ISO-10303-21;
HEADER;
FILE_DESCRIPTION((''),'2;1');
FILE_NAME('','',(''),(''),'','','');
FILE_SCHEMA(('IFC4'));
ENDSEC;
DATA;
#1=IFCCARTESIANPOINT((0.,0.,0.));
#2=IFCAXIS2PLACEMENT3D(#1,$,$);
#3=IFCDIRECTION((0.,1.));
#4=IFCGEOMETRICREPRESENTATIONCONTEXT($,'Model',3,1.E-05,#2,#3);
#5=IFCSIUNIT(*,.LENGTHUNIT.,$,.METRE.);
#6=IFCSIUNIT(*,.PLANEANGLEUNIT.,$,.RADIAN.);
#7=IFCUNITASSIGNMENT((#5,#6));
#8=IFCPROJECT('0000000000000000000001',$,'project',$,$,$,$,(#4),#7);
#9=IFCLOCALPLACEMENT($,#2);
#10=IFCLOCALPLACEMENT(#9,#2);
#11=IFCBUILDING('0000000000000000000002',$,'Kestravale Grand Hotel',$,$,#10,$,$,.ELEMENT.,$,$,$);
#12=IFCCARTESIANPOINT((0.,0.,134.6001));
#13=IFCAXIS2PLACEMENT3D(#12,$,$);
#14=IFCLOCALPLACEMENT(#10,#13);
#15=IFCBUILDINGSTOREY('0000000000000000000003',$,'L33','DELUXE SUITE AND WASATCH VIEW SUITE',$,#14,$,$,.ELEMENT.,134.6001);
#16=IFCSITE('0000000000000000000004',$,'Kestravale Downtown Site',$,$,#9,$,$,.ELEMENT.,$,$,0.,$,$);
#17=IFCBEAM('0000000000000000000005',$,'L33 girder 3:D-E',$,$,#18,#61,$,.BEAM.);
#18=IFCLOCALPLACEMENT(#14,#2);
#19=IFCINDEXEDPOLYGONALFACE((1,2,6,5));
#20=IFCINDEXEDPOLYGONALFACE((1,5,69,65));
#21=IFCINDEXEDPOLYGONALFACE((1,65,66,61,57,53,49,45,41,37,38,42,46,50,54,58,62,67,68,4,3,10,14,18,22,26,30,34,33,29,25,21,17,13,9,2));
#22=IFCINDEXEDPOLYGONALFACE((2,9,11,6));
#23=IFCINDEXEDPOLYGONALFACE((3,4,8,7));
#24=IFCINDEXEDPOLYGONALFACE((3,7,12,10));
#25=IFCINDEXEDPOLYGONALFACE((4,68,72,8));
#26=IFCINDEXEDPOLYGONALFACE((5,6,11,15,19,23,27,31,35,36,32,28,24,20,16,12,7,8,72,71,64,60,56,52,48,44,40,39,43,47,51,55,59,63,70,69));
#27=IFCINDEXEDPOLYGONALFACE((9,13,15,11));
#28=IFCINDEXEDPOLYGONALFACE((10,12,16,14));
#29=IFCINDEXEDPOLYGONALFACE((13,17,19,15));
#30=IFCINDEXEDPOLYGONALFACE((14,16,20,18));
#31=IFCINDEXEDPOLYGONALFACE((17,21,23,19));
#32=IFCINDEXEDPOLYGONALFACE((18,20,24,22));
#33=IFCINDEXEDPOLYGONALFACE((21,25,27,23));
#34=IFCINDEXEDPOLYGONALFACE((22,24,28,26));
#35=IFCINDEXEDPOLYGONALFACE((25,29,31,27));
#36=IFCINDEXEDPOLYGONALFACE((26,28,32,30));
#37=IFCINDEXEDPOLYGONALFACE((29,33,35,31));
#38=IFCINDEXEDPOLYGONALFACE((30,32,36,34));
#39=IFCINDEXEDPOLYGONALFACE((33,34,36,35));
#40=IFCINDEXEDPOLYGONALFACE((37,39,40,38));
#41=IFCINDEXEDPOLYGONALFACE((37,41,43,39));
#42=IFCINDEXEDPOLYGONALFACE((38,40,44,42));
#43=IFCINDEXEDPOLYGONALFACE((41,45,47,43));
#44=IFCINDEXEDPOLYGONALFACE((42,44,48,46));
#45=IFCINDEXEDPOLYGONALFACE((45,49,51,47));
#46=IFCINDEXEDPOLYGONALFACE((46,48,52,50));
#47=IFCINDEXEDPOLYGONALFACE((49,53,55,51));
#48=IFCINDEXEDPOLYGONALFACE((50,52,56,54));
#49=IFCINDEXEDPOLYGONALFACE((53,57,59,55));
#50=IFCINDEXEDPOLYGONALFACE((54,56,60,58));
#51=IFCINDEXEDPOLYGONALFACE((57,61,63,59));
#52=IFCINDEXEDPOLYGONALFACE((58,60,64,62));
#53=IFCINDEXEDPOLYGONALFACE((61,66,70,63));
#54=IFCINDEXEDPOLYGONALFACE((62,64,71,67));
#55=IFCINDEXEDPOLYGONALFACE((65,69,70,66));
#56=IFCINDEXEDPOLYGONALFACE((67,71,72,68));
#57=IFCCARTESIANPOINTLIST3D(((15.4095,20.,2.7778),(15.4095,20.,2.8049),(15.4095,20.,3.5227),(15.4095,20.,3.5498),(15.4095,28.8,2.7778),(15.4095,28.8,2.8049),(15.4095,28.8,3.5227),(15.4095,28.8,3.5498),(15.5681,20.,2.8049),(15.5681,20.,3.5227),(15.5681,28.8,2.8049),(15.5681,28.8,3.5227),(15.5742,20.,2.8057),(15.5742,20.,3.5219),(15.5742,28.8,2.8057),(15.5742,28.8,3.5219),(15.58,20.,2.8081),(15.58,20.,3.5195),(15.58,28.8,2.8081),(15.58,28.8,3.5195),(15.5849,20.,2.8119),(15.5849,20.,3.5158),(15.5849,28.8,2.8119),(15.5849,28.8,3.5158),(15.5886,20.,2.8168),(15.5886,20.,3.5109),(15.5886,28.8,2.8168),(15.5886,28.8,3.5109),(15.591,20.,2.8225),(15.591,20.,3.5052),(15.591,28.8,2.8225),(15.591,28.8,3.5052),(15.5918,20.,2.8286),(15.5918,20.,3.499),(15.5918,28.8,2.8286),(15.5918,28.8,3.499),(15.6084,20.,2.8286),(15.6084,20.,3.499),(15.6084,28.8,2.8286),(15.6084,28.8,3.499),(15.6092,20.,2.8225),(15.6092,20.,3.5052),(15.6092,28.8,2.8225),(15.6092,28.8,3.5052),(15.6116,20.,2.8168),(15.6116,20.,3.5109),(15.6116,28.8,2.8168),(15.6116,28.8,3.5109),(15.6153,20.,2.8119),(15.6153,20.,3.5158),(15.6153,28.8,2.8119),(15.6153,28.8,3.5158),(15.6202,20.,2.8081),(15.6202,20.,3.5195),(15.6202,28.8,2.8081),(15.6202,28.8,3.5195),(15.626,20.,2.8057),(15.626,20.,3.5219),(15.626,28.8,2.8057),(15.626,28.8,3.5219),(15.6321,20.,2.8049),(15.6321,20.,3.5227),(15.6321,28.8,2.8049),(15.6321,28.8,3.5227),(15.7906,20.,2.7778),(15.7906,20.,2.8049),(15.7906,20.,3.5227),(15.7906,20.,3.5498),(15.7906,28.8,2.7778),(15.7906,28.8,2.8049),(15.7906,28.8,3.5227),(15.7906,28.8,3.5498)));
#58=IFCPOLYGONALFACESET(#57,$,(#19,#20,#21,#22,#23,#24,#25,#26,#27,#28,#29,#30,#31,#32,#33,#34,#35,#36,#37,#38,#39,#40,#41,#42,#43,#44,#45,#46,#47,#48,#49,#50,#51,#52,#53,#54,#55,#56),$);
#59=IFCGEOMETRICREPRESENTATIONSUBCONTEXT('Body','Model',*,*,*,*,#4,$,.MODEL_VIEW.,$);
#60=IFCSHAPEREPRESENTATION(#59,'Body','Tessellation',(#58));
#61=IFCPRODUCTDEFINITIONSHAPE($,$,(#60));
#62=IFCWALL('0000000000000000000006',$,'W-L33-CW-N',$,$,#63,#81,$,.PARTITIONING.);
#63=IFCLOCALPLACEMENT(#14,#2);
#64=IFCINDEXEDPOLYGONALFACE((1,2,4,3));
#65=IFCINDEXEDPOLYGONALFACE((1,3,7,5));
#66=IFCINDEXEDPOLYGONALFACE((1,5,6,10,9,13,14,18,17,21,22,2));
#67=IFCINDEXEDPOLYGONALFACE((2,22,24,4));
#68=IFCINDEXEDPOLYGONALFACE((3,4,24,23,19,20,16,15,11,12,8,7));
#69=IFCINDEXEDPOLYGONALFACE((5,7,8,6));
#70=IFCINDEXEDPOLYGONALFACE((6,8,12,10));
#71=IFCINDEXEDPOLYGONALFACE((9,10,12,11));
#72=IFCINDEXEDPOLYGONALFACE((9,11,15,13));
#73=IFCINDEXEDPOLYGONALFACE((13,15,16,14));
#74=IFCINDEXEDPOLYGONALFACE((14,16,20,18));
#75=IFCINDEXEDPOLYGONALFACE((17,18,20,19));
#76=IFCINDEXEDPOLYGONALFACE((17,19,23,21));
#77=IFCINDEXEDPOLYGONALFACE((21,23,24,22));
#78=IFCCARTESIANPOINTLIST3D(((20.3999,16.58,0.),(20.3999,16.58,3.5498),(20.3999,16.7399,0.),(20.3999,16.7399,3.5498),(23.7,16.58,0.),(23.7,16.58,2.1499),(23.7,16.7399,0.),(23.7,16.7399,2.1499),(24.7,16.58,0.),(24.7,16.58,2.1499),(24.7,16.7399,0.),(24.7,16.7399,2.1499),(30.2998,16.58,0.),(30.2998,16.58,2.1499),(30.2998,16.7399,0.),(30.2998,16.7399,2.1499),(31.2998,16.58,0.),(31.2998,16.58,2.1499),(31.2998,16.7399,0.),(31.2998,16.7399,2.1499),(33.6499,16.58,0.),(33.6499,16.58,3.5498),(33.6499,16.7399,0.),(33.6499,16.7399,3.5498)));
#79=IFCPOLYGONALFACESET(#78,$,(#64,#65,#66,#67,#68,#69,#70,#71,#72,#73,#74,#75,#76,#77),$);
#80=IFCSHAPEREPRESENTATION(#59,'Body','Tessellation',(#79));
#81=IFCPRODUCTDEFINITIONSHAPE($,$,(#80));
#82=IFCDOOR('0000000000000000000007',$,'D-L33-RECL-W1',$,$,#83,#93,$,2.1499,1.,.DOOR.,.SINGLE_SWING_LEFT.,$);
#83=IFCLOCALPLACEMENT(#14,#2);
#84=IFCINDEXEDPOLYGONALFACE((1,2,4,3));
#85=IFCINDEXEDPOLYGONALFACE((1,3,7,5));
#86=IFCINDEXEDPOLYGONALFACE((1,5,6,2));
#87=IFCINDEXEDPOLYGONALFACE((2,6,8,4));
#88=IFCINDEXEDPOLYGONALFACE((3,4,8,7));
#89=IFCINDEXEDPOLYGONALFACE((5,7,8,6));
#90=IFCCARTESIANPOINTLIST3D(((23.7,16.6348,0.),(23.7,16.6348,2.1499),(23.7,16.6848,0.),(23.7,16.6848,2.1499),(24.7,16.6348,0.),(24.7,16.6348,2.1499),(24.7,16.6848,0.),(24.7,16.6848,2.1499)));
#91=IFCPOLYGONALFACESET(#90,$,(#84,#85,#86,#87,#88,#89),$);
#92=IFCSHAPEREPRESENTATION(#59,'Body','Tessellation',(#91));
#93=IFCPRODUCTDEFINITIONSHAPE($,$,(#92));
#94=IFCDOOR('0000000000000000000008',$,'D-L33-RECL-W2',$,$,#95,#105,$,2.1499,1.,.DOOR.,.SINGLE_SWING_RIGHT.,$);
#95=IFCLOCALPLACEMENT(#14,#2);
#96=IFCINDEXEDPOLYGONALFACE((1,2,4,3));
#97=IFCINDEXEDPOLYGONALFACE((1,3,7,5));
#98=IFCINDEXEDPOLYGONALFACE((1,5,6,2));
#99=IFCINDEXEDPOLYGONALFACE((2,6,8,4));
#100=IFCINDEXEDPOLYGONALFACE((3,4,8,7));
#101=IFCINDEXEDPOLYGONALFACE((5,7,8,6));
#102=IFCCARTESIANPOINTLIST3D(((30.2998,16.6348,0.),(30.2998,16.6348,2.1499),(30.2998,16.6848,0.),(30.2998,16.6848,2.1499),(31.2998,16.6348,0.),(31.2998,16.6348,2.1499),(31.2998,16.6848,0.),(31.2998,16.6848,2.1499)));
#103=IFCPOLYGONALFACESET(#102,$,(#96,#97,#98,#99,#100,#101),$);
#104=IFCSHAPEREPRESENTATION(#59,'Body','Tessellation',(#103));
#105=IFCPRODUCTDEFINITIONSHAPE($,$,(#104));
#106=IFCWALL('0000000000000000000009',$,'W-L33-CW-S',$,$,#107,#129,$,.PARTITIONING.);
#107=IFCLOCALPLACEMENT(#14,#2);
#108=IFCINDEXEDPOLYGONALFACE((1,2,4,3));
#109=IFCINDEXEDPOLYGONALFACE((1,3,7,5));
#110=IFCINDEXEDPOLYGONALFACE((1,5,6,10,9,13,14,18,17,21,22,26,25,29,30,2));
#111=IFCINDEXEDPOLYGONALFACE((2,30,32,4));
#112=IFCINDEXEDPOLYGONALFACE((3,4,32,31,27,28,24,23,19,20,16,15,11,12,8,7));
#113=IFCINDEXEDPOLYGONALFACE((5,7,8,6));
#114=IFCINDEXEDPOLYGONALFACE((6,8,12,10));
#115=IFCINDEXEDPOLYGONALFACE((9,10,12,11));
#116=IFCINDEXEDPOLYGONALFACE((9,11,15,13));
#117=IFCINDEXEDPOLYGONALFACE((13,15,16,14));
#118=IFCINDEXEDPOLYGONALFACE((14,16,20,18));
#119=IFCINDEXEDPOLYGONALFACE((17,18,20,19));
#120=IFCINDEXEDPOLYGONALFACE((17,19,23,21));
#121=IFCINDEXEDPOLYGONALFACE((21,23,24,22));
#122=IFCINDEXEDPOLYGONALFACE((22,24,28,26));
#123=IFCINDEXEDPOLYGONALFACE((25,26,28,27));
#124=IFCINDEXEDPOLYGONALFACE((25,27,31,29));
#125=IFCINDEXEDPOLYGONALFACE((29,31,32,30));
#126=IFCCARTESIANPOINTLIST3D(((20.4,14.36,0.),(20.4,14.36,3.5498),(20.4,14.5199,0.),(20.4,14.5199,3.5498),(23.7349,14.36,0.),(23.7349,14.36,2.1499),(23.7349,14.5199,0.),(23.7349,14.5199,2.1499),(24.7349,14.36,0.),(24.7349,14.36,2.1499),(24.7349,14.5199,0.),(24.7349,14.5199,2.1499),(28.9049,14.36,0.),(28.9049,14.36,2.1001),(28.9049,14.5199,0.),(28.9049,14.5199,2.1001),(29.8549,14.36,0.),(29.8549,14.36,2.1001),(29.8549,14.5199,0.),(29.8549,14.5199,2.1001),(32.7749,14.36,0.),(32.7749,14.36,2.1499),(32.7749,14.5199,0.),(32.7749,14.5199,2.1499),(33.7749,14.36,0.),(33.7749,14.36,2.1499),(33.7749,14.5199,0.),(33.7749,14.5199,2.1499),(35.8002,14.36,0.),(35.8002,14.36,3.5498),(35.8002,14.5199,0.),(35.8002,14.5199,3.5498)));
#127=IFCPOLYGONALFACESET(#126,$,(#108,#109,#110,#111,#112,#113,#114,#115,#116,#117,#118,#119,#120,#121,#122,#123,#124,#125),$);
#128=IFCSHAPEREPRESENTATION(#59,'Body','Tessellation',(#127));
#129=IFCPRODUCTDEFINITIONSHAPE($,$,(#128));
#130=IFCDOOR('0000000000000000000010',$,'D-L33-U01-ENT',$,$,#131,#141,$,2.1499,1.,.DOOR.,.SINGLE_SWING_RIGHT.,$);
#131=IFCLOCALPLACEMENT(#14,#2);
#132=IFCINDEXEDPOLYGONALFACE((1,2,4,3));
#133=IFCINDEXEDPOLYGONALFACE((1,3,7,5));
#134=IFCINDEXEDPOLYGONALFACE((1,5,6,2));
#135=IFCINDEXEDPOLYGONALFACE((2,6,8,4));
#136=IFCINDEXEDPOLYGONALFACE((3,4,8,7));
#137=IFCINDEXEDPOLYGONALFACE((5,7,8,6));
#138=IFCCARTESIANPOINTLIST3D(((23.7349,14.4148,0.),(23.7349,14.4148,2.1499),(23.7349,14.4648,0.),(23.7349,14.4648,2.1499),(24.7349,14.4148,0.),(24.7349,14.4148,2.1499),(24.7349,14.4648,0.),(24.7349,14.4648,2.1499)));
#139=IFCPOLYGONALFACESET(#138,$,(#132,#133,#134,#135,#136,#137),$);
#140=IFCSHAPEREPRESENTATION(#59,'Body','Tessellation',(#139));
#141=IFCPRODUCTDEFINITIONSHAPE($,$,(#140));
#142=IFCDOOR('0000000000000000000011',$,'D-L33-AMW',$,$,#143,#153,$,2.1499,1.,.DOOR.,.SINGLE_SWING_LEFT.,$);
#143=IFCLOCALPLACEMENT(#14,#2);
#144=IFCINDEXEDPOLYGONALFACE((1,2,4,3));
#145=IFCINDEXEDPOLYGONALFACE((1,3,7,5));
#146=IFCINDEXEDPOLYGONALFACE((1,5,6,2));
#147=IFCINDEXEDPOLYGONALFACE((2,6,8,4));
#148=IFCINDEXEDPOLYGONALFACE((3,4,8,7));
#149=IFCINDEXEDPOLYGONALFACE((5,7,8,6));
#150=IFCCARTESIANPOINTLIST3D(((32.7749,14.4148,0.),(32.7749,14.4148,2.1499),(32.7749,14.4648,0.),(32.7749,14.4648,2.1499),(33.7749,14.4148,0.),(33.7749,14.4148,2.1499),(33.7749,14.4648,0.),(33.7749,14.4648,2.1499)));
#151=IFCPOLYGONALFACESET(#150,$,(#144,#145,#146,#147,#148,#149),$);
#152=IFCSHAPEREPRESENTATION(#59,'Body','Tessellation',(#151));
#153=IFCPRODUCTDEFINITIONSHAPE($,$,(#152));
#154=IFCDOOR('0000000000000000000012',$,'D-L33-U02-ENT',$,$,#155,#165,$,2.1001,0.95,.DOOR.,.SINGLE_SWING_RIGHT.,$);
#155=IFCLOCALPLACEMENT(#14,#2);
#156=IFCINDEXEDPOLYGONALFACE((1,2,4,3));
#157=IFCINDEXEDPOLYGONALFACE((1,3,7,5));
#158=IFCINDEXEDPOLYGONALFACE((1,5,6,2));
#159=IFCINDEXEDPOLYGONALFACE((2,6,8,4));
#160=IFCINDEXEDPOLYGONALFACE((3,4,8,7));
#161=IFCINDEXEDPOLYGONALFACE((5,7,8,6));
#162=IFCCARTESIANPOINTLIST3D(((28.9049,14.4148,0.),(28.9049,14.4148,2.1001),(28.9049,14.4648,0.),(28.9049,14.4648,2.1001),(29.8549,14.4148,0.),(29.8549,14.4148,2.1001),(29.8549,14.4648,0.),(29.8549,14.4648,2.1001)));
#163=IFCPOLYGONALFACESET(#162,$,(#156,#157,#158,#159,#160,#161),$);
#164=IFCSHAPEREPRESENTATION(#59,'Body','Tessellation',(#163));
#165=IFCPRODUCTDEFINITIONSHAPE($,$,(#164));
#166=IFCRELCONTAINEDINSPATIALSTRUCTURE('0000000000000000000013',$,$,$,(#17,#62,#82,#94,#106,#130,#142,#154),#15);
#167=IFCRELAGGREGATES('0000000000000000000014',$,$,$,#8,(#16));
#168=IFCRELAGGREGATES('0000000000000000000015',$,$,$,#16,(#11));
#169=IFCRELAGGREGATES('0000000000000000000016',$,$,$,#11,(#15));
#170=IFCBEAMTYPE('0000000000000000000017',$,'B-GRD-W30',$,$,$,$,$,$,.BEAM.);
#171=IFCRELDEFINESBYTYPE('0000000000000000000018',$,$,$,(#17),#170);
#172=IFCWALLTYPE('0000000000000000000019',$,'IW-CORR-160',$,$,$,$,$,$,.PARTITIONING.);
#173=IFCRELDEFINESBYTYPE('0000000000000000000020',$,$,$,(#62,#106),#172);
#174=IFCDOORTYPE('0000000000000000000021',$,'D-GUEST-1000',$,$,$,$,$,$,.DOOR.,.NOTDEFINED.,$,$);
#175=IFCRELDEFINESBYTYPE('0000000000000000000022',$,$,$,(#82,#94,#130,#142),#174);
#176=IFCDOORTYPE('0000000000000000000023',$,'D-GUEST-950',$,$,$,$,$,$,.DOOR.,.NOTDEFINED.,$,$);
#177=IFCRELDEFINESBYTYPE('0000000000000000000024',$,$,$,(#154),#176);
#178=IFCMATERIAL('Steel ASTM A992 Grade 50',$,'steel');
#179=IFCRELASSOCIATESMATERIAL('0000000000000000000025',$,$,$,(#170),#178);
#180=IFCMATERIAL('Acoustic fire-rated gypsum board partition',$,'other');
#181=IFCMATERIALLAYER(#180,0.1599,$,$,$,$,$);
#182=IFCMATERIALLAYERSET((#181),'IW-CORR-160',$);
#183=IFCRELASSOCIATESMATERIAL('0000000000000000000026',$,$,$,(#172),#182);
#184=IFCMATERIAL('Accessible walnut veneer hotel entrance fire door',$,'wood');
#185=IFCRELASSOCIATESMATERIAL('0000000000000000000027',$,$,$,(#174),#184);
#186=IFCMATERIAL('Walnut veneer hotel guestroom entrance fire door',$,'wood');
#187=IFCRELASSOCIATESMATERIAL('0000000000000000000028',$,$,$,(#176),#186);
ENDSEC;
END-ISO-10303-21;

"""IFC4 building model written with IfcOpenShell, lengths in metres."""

from ifc_helpers import new_model, si_unit, direction, frame, frame_2d, origin, origin_2d, place, context, subcontext, project, spatial, rectangle, i_section, extrude, material, layer, layer_set, material_profile, profile_set, type_object, element, fill, save


model = new_model("IFC4")

# Units and contexts
model_context = context("Model", 3, precision=1e-05, world=origin(), true_north=direction((0.0, 1.0)))
body_context = subcontext(model_context, "Body", "Model", "MODEL_VIEW")
ifc_project = project(units=[si_unit("LENGTHUNIT", "METRE"), si_unit("PLANEANGLEUNIT", "RADIAN")], contexts=[model_context])

# Site, building, storey
site_placement = place(None, origin())
site = spatial("IfcSite", under=ifc_project, at=site_placement, Name="Kestravale Downtown Site", CompositionType="ELEMENT", RefElevation=0.0)
building_placement = place(site_placement, origin())
building = spatial("IfcBuilding", under=site, at=building_placement, Name="Kestravale Grand Hotel", CompositionType="ELEMENT")
storey_placement = place(building_placement, frame((0.0, 0.0, 134.6001)))
storey = spatial("IfcBuildingStorey", under=building, at=storey_placement, Name="L33", Description="DELUXE SUITE AND WASATCH VIEW SUITE", CompositionType="ELEMENT", Elevation=134.6001)

# Beam
ifc_material_1 = material(Name="Steel ASTM A992 Grade 50", Category="steel")
ifc_material_profile_1 = material_profile(ifc_material_1, i_section(OverallWidth=0.3811, OverallDepth=0.772, WebThickness=0.0166, FlangeThickness=0.0271, FilletRadius=0.0237, at=origin_2d()))
ifc_profile_set_1 = profile_set([ifc_material_profile_1], Name="Steel ASTM A992 Grade 50")
beam_type_1 = type_object("IfcBeamType", Name="B-GRD-W30", PredefinedType="BEAM", material=ifc_profile_set_1)
for number, where, z_axis, x_axis, name in (
    (1, (15.6001, 20.0, 3.1638), (0.0, 1.0, 0.0), (-1.0, 0.0, 0.0), "L33 girder 3:D-E"),
):
    element("IfcBeam", number, at=place(storey_placement, frame(where, z_axis=z_axis, x_axis=x_axis)), inside=storey, type_object=beam_type_1, Name=name, PredefinedType="BEAM", context=body_context, shape_type="SweptSolid", body=[
        extrude(i_section(OverallWidth=0.3811, OverallDepth=0.772, WebThickness=0.0166, FlangeThickness=0.0271, FilletRadius=0.0237, at=origin_2d()), origin(), (0.0, 0.0, 1.0), 8.8),
    ])

# Walls, openings, doors
ifc_material_2 = material(Name="Acoustic fire-rated gypsum board partition", Category="other")
ifc_layer_1 = layer(ifc_material_2, 0.1599)
ifc_layer_set_1 = layer_set([ifc_layer_1], Name="IW-CORR-160")
wall_type_1 = type_object("IfcWallType", Name="IW-CORR-160", PredefinedType="PARTITIONING", material=ifc_layer_set_1)
wall_1_placement = place(storey_placement, frame((20.3999, 16.6599, 0.0), z_axis=(0.0, 0.0, 1.0), x_axis=(1.0, 0.0, 0.0)))
wall_1 = element("IfcWall", 2, at=wall_1_placement, inside=storey, type_object=wall_type_1, Name="W-L33-CW-N", PredefinedType="PARTITIONING", context=body_context, shape_type="SweptSolid", body=[
    extrude(rectangle(XDim=13.25, YDim=0.1599, at=frame_2d((6.625, 0.0))), origin(), (0.0, 0.0, 1.0), 3.5498),
])
opening_1_placement = place(wall_1_placement, frame((3.3, 0.0, 0.0)))
opening_1 = element("IfcOpeningElement", 3, at=opening_1_placement, cuts=wall_1, PredefinedType="OPENING", context=body_context, shape_type="SweptSolid", body=[
    extrude(rectangle(XDim=1.0, YDim=2.1499, at=frame_2d((0.5, 1.075))), frame((0.0, 0.0898, 0.0), z_axis=(0.0, -1.0, 0.0), x_axis=(1.0, 0.0, 0.0)), (0.0, 0.0, 1.0), 0.1799),
])
opening_2_placement = place(wall_1_placement, frame((9.8999, 0.0, 0.0)))
opening_2 = element("IfcOpeningElement", 4, at=opening_2_placement, cuts=wall_1, PredefinedType="OPENING", context=body_context, shape_type="SweptSolid", body=[
    extrude(rectangle(XDim=1.0, YDim=2.1499, at=frame_2d((0.5, 1.075))), frame((0.0, 0.0898, 0.0), z_axis=(0.0, -1.0, 0.0), x_axis=(1.0, 0.0, 0.0)), (0.0, 0.0, 1.0), 0.1799),
])
ifc_material_3 = material(Name="Accessible walnut veneer hotel entrance fire door", Category="wood")
door_type_1 = type_object("IfcDoorType", Name="D-GUEST-1000", OperationType="NOTDEFINED", PredefinedType="DOOR", material=ifc_material_3)
door_1_placement = place(opening_1_placement, origin())
door_1 = element("IfcDoor", 5, at=door_1_placement, inside=storey, type_object=door_type_1, Name="D-L33-RECL-W1", OperationType="SINGLE_SWING_LEFT", OverallHeight=2.1499, OverallWidth=1.0, PredefinedType="DOOR", context=body_context, shape_type="SweptSolid", body=[
    extrude(rectangle(XDim=1.0, YDim=2.1499, at=frame_2d((0.5, 1.075))), frame((0.0, 0.0249, 0.0), z_axis=(0.0, -1.0, 0.0), x_axis=(1.0, 0.0, 0.0)), (0.0, 0.0, 1.0), 0.05),
])
fill(opening_1, door_1)
door_2_placement = place(opening_2_placement, origin())
door_2 = element("IfcDoor", 6, at=door_2_placement, inside=storey, type_object=door_type_1, Name="D-L33-RECL-W2", OperationType="SINGLE_SWING_RIGHT", OverallHeight=2.1499, OverallWidth=1.0, PredefinedType="DOOR", context=body_context, shape_type="SweptSolid", body=[
    extrude(rectangle(XDim=1.0, YDim=2.1499, at=frame_2d((0.5, 1.075))), frame((0.0, 0.0249, 0.0), z_axis=(0.0, -1.0, 0.0), x_axis=(1.0, 0.0, 0.0)), (0.0, 0.0, 1.0), 0.05),
])
fill(opening_2, door_2)
wall_2_placement = place(storey_placement, frame((20.3999, 14.4399, 0.0), z_axis=(0.0, 0.0, 1.0), x_axis=(1.0, 0.0, 0.0)))
wall_2 = element("IfcWall", 7, at=wall_2_placement, inside=storey, type_object=wall_type_1, Name="W-L33-CW-S", PredefinedType="PARTITIONING", context=body_context, shape_type="SweptSolid", body=[
    extrude(rectangle(XDim=15.4001, YDim=0.1599, at=frame_2d((7.7002, 0.0))), origin(), (0.0, 0.0, 1.0), 3.5498),
])
opening_3_placement = place(wall_2_placement, frame((3.335, 0.0, 0.0)))
opening_3 = element("IfcOpeningElement", 8, at=opening_3_placement, cuts=wall_2, PredefinedType="OPENING", context=body_context, shape_type="SweptSolid", body=[
    extrude(rectangle(XDim=1.0, YDim=2.1499, at=frame_2d((0.5, 1.075))), frame((0.0, 0.0898, 0.0), z_axis=(0.0, -1.0, 0.0), x_axis=(1.0, 0.0, 0.0)), (0.0, 0.0, 1.0), 0.1799),
])
opening_4_placement = place(wall_2_placement, frame((8.5049, 0.0, 0.0)))
opening_4 = element("IfcOpeningElement", 9, at=opening_4_placement, cuts=wall_2, PredefinedType="OPENING", context=body_context, shape_type="SweptSolid", body=[
    extrude(rectangle(XDim=0.95, YDim=2.1001, at=frame_2d((0.4751, 1.05))), frame((0.0, 0.0898, 0.0), z_axis=(0.0, -1.0, 0.0), x_axis=(1.0, 0.0, 0.0)), (0.0, 0.0, 1.0), 0.1799),
])
opening_5_placement = place(wall_2_placement, frame((12.375, 0.0, 0.0)))
opening_5 = element("IfcOpeningElement", 10, at=opening_5_placement, cuts=wall_2, PredefinedType="OPENING", context=body_context, shape_type="SweptSolid", body=[
    extrude(rectangle(XDim=1.0, YDim=2.1499, at=frame_2d((0.5, 1.075))), frame((0.0, 0.0898, 0.0), z_axis=(0.0, -1.0, 0.0), x_axis=(1.0, 0.0, 0.0)), (0.0, 0.0, 1.0), 0.1799),
])
door_3_placement = place(opening_3_placement, origin())
door_3 = element("IfcDoor", 11, at=door_3_placement, inside=storey, type_object=door_type_1, Name="D-L33-U01-ENT", OperationType="SINGLE_SWING_RIGHT", OverallHeight=2.1499, OverallWidth=1.0, PredefinedType="DOOR", context=body_context, shape_type="SweptSolid", body=[
    extrude(rectangle(XDim=1.0, YDim=2.1499, at=frame_2d((0.5, 1.075))), frame((0.0, 0.0249, 0.0), z_axis=(0.0, -1.0, 0.0), x_axis=(1.0, 0.0, 0.0)), (0.0, 0.0, 1.0), 0.05),
])
fill(opening_3, door_3)
door_4_placement = place(opening_5_placement, origin())
door_4 = element("IfcDoor", 12, at=door_4_placement, inside=storey, type_object=door_type_1, Name="D-L33-AMW", OperationType="SINGLE_SWING_LEFT", OverallHeight=2.1499, OverallWidth=1.0, PredefinedType="DOOR", context=body_context, shape_type="SweptSolid", body=[
    extrude(rectangle(XDim=1.0, YDim=2.1499, at=frame_2d((0.5, 1.075))), frame((0.0, 0.0249, 0.0), z_axis=(0.0, -1.0, 0.0), x_axis=(1.0, 0.0, 0.0)), (0.0, 0.0, 1.0), 0.05),
])
fill(opening_5, door_4)
ifc_material_4 = material(Name="Walnut veneer hotel guestroom entrance fire door", Category="wood")
door_type_2 = type_object("IfcDoorType", Name="D-GUEST-950", OperationType="NOTDEFINED", PredefinedType="DOOR", material=ifc_material_4)
door_5_placement = place(opening_4_placement, origin())
door_5 = element("IfcDoor", 13, at=door_5_placement, inside=storey, type_object=door_type_2, Name="D-L33-U02-ENT", OperationType="SINGLE_SWING_RIGHT", OverallHeight=2.1001, OverallWidth=0.95, PredefinedType="DOOR", context=body_context, shape_type="SweptSolid", body=[
    extrude(rectangle(XDim=0.95, YDim=2.1001, at=frame_2d((0.4751, 1.05))), frame((0.0, 0.0249, 0.0), z_axis=(0.0, -1.0, 0.0), x_axis=(1.0, 0.0, 0.0)), (0.0, 0.0, 1.0), 0.05),
])
fill(opening_4, door_5)

save(model, "model.ifc")
